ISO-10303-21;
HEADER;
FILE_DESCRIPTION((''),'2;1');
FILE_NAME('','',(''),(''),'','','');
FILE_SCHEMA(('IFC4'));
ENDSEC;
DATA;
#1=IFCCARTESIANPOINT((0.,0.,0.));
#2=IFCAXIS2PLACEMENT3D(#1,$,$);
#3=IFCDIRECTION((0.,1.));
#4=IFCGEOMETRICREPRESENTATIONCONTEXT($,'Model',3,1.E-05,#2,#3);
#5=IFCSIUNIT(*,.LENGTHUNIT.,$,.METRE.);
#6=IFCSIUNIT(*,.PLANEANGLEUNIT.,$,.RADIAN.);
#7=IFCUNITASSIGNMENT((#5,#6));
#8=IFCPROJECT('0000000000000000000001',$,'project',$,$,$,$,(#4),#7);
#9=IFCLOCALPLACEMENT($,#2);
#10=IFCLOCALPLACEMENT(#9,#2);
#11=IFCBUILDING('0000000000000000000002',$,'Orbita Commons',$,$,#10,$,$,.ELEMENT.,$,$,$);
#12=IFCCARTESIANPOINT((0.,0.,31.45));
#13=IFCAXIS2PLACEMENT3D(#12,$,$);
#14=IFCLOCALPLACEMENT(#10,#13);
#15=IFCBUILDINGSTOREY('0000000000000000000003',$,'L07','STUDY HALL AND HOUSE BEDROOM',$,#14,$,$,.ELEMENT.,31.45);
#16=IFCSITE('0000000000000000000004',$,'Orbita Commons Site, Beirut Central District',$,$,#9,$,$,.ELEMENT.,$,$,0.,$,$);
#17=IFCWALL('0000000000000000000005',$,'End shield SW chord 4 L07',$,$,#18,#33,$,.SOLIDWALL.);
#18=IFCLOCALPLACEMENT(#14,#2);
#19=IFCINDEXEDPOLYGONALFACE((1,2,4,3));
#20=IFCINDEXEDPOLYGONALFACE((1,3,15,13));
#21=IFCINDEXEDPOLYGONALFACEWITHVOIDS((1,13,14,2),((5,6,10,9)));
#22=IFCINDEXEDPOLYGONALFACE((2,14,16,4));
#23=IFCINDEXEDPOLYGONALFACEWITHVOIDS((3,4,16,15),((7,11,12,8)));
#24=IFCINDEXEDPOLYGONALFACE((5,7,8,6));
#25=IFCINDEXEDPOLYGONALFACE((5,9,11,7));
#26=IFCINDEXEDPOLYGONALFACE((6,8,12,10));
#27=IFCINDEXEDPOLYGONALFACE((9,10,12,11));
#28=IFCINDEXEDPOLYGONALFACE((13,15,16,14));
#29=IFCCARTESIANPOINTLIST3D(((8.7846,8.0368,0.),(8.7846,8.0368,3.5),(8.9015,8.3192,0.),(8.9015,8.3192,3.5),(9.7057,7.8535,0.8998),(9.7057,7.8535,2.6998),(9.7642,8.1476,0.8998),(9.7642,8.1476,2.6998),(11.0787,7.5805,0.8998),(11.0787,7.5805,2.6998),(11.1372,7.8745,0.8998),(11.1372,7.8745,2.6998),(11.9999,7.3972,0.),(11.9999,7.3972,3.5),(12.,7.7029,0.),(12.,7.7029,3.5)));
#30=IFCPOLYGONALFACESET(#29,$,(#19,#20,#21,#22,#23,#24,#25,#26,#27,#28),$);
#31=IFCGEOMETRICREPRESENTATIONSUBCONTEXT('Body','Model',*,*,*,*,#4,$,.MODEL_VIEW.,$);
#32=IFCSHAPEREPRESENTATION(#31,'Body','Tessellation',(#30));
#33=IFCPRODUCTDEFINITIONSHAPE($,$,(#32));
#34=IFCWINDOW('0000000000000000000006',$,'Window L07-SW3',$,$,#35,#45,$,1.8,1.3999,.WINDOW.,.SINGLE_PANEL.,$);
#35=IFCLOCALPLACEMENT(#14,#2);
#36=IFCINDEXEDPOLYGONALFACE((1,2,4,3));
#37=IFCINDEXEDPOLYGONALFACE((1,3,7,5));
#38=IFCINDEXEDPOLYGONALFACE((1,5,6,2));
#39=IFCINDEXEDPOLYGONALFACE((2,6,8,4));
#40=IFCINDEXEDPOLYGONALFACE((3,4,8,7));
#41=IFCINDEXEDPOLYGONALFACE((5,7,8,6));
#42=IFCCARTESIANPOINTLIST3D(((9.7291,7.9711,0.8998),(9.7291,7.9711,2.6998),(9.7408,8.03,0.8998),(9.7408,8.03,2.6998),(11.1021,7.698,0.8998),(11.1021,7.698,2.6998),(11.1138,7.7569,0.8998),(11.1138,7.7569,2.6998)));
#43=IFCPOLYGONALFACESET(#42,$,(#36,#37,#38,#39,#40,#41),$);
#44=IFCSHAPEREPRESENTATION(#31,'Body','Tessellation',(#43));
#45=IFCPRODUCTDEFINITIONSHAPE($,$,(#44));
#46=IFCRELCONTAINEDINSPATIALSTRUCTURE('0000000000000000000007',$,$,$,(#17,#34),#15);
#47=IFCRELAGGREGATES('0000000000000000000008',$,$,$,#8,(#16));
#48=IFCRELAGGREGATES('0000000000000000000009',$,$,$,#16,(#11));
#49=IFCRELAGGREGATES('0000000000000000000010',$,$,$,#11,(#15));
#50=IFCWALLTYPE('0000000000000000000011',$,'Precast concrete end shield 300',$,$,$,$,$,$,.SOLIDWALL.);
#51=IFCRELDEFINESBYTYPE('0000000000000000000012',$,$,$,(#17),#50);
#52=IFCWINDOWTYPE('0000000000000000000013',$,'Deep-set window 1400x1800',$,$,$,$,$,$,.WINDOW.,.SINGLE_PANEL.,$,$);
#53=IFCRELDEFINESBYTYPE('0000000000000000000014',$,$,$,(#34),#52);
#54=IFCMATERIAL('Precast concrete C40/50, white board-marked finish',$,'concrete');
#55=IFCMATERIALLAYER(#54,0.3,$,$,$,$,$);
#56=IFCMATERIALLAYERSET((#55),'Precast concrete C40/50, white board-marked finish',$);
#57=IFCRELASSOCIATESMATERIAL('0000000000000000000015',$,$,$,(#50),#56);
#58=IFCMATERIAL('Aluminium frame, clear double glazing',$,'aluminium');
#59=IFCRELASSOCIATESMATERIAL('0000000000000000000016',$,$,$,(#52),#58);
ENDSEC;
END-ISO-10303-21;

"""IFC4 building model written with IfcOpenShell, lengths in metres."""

from ifc_helpers import new_model, si_unit, direction, frame, frame_2d, origin, place, context, subcontext, project, spatial, polyline, rectangle, outline, extrude, material, layer, layer_set, type_object, element, fill, save


model = new_model("IFC4")

# Units and contexts
model_context = context("Model", 3, precision=1e-05, world=origin(), true_north=direction((0.0, 1.0)))
body_context = subcontext(model_context, "Body", "Model", "MODEL_VIEW")
ifc_project = project(units=[si_unit("LENGTHUNIT", "METRE"), si_unit("PLANEANGLEUNIT", "RADIAN")], contexts=[model_context])

# Site, building, storey
site_placement = place(None, origin())
site = spatial("IfcSite", under=ifc_project, at=site_placement, Name="Orbita Commons Site, Beirut Central District", CompositionType="ELEMENT", RefElevation=0.0)
building_placement = place(site_placement, origin())
building = spatial("IfcBuilding", under=site, at=building_placement, Name="Orbita Commons", CompositionType="ELEMENT")
storey_placement = place(building_placement, frame((0.0, 0.0, 31.45)))
storey = spatial("IfcBuildingStorey", under=building, at=storey_placement, Name="L07", Description="STUDY HALL AND HOUSE BEDROOM", CompositionType="ELEMENT", Elevation=31.45)

# Wall, opening, window
ifc_material_1 = material(Name="Precast concrete C40/50, white board-marked finish", Category="concrete")
ifc_layer_1 = layer(ifc_material_1, 0.3)
ifc_layer_set_1 = layer_set([ifc_layer_1], Name="Precast concrete C40/50, white board-marked finish")
wall_type_1 = type_object("IfcWallType", Name="Precast concrete end shield 300", PredefinedType="SOLIDWALL", material=ifc_layer_set_1)
ifc_material_2 = material(Name="Aluminium frame, clear double glazing", Category="aluminium")
window_type = type_object("IfcWindowType", Name="Deep-set window 1400x1800", PartitioningType="SINGLE_PANEL", PredefinedType="WINDOW", material=ifc_material_2)
wall_1_placement = place(storey_placement, frame((8.843, 8.178, 0.0), z_axis=(0.0, 0.0, 1.0), x_axis=(0.980787, -0.19508, 0.0)))
wall_1 = element("IfcWall", 1, at=wall_1_placement, inside=storey, type_object=wall_type_1, Name="End shield SW chord 4 L07", PredefinedType="SOLIDWALL", context=body_context, shape_type="SweptSolid", body=[
    extrude(outline(polyline([(-0.0298, -0.1499), (3.2485, -0.1499), (3.189, 0.1499), (0.0298, 0.1499), (-0.0298, -0.1499)])), origin(), (0.0, 0.0, 1.0), 3.5),
])
opening_1_placement = place(wall_1_placement, frame((0.9094, 0.0, 0.8999)))
opening_1 = element("IfcOpeningElement", 2, at=opening_1_placement, cuts=wall_1, PredefinedType="OPENING", context=body_context, shape_type="SweptSolid", body=[
    extrude(rectangle(XDim=1.3999, YDim=1.8, at=frame_2d((0.7, 0.8999))), frame((0.0, 0.1599, 0.0), z_axis=(0.0, -1.0, 0.0), x_axis=(1.0, 0.0, 0.0)), (0.0, 0.0, 1.0), 0.3201),
])
window_1_placement = place(opening_1_placement, origin())
window_1 = element("IfcWindow", 3, at=window_1_placement, inside=storey, type_object=window_type, Name="Window L07-SW3", OverallHeight=1.8, OverallWidth=1.3999, PartitioningType="SINGLE_PANEL", PredefinedType="WINDOW", context=body_context, shape_type="SweptSolid", body=[
    extrude(rectangle(XDim=1.3999, YDim=1.8, at=frame_2d((0.7, 0.8999))), frame((0.0, 0.03, 0.0), z_axis=(0.0, -1.0, 0.0), x_axis=(1.0, 0.0, 0.0)), (0.0, 0.0, 1.0), 0.0601),
])
fill(opening_1, window_1)

save(model, "model.ifc")
